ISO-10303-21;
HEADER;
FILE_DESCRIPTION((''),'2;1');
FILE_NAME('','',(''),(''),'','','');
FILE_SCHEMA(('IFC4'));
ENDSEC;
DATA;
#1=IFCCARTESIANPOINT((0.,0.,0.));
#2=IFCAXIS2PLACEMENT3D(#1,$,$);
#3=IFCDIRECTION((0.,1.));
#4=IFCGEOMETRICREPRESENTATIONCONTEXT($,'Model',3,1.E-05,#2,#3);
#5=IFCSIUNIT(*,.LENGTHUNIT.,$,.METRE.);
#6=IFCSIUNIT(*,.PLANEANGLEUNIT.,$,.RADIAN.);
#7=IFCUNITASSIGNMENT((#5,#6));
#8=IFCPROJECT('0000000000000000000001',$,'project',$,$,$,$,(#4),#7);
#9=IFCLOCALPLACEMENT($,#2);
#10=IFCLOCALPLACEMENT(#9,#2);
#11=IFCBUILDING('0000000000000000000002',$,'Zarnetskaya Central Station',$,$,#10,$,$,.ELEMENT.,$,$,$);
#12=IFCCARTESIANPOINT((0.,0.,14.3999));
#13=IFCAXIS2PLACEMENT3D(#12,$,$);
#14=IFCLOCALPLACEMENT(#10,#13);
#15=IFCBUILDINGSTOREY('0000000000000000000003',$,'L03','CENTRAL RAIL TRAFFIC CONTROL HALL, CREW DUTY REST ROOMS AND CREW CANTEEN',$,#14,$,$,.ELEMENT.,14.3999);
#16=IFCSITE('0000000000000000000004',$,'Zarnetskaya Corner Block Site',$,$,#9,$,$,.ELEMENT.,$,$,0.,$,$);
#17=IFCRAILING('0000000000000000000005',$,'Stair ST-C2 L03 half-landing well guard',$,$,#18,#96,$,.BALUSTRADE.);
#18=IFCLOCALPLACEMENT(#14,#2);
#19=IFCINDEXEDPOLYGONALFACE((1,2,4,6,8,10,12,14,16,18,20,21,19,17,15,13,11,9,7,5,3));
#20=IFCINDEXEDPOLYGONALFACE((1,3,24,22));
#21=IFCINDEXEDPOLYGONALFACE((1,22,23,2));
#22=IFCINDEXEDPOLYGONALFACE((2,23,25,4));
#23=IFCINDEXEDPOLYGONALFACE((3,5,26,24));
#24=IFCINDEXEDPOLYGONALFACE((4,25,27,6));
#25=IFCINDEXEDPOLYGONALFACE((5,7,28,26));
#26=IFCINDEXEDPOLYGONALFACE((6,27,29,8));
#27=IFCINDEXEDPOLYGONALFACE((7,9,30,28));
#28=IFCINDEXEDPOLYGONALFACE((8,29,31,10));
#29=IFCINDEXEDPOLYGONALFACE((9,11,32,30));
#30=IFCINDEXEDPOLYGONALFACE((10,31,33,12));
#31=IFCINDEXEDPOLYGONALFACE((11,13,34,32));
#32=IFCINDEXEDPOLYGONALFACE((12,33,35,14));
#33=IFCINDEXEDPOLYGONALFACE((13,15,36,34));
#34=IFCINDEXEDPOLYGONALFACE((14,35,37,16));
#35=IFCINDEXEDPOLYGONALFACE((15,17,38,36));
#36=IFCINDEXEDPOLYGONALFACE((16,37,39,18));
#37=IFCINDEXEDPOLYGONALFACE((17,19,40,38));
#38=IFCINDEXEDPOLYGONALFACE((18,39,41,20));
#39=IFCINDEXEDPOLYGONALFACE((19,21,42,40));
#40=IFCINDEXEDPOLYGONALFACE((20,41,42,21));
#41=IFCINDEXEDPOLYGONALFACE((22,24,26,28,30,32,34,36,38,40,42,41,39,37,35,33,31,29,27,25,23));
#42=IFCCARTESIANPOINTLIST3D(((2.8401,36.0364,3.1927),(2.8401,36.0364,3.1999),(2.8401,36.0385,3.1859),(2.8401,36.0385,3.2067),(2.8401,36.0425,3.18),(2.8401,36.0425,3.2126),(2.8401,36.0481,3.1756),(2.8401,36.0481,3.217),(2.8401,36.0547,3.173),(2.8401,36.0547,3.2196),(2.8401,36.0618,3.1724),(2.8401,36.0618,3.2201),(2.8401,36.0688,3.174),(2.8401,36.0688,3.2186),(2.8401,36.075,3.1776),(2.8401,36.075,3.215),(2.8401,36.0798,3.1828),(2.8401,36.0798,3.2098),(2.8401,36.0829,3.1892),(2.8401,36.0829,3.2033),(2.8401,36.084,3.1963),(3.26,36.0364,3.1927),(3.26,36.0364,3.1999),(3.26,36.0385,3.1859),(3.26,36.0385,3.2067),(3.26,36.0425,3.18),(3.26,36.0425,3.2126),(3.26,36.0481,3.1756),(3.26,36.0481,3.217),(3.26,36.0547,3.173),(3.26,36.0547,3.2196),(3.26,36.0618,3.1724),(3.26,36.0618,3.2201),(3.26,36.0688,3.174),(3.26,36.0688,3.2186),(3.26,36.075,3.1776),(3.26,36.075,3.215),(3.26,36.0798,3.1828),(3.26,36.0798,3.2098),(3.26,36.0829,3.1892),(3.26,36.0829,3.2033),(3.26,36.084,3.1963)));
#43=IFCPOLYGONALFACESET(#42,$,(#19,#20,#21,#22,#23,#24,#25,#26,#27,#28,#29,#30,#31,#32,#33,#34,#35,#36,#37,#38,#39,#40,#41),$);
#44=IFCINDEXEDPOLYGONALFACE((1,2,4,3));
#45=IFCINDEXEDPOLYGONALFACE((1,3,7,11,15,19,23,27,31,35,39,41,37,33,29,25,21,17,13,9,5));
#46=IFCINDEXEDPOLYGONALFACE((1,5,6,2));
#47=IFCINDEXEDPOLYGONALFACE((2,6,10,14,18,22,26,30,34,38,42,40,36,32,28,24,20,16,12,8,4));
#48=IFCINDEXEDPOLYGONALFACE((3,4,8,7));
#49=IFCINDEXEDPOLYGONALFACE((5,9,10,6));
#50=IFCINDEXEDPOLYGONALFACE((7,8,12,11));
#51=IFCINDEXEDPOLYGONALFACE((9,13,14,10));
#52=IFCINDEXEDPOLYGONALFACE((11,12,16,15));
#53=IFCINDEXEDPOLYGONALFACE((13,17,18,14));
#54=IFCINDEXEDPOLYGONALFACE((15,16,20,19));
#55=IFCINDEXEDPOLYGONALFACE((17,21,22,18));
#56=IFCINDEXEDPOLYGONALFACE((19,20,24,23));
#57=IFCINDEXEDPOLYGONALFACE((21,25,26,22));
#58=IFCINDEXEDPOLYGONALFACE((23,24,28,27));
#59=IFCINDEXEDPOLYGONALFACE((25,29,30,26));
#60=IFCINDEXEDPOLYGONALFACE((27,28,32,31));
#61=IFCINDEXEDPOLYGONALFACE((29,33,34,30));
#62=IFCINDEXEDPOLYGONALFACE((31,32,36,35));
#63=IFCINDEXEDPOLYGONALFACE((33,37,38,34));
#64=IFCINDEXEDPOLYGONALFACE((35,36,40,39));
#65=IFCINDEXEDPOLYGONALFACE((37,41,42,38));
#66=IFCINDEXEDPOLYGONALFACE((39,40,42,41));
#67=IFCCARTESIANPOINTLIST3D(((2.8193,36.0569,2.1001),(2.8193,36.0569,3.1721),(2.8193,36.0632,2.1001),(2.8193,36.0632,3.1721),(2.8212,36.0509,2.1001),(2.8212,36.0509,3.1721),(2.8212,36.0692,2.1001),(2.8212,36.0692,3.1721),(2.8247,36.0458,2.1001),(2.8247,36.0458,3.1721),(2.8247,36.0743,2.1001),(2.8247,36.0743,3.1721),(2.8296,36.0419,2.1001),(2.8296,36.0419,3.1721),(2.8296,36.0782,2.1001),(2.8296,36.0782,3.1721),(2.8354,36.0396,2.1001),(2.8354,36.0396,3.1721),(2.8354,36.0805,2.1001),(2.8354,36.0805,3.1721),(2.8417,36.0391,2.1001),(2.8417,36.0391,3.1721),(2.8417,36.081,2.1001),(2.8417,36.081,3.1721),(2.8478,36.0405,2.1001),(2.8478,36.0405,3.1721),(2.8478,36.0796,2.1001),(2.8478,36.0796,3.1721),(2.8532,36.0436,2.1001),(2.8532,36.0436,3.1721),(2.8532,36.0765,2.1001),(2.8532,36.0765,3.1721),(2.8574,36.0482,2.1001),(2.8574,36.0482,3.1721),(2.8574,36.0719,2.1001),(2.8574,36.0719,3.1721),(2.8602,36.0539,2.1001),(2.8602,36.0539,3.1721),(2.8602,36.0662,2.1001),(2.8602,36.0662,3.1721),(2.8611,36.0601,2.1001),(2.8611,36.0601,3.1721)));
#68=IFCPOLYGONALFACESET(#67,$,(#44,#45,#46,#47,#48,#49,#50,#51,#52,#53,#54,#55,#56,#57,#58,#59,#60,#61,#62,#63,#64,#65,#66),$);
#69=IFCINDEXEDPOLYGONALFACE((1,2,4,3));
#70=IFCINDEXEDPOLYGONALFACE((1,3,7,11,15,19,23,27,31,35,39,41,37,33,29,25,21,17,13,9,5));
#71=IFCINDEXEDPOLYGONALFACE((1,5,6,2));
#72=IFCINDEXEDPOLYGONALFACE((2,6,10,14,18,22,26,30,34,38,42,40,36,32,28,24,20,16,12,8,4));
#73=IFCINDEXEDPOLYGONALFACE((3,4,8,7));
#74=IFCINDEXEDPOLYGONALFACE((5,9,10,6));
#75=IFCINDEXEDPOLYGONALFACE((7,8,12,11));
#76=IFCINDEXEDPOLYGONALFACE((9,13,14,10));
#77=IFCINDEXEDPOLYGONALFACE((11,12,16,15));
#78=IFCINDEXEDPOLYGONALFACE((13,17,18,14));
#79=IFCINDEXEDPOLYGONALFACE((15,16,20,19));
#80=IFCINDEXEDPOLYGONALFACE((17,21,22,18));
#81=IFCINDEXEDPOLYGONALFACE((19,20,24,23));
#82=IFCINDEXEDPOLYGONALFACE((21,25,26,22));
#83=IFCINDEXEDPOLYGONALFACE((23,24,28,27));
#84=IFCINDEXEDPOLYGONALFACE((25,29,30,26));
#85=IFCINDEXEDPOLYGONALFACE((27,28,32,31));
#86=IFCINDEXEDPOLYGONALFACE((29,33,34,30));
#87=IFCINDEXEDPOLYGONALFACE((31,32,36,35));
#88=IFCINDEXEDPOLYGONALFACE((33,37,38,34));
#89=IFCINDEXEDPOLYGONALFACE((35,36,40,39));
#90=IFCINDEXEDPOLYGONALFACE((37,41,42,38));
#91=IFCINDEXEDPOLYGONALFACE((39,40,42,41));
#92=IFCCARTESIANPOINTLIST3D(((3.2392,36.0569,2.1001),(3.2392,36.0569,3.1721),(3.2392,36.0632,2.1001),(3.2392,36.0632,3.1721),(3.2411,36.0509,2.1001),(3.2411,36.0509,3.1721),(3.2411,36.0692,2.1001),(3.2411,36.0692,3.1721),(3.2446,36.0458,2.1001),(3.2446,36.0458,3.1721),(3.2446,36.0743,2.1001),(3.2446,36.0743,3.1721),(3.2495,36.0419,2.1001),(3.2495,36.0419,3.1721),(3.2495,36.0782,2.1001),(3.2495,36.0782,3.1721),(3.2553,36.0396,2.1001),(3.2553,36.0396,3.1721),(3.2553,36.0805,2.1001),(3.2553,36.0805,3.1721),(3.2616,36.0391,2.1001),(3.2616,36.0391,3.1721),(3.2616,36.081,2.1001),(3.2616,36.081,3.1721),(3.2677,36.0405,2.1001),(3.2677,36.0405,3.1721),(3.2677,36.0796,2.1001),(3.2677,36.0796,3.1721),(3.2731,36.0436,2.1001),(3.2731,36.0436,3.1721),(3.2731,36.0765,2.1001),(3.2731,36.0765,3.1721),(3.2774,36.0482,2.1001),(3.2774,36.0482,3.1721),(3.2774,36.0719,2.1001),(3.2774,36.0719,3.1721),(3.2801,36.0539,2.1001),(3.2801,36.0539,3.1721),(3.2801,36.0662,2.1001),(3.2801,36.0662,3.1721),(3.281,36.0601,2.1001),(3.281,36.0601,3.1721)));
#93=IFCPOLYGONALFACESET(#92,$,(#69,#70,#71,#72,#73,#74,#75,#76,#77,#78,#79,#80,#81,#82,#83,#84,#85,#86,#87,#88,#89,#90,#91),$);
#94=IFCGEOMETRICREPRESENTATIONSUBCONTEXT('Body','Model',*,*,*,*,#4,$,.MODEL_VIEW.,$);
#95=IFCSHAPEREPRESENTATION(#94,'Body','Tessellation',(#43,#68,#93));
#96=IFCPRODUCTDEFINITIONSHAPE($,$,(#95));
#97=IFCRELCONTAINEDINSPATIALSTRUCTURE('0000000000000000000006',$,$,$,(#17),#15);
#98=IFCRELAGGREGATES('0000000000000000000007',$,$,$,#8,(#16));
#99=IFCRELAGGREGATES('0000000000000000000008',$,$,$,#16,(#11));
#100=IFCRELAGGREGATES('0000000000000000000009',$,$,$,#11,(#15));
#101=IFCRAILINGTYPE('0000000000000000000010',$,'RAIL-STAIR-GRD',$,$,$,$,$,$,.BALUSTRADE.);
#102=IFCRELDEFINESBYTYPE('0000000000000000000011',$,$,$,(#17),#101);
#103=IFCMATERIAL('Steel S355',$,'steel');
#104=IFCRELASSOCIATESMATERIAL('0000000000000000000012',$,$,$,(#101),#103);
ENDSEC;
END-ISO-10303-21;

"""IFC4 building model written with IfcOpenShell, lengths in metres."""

from ifc_helpers import new_model, si_unit, direction, frame, origin, origin_2d, place, context, subcontext, project, spatial, circle, extrude, material, type_object, element, save


model = new_model("IFC4")

# Units and contexts
model_context = context("Model", 3, precision=1e-05, world=origin(), true_north=direction((0.0, 1.0)))
body_context = subcontext(model_context, "Body", "Model", "MODEL_VIEW")
ifc_project = project(units=[si_unit("LENGTHUNIT", "METRE"), si_unit("PLANEANGLEUNIT", "RADIAN")], contexts=[model_context])

# Site, building, storey
site_placement = place(None, origin())
site = spatial("IfcSite", under=ifc_project, at=site_placement, Name="Zarnetskaya Corner Block Site", CompositionType="ELEMENT", RefElevation=0.0)
building_placement = place(site_placement, origin())
building = spatial("IfcBuilding", under=site, at=building_placement, Name="Zarnetskaya Central Station", CompositionType="ELEMENT")
storey_placement = place(building_placement, frame((0.0, 0.0, 14.3999)))
storey = spatial("IfcBuildingStorey", under=building, at=storey_placement, Name="L03", Description="CENTRAL RAIL TRAFFIC CONTROL HALL, CREW DUTY REST ROOMS AND CREW CANTEEN", CompositionType="ELEMENT", Elevation=14.3999)

# Shared definitions
ifc_material_1 = material(Name="Steel S355", Category="steel")

# Railing
railing_type = type_object("IfcRailingType", Name="RAIL-STAIR-GRD", PredefinedType="BALUSTRADE", material=ifc_material_1)
railing_1_placement = place(storey_placement, frame((2.8401, 36.0601, 2.1001)))
element("IfcRailing", 1, at=railing_1_placement, inside=storey, type_object=railing_type, Name="Stair ST-C2 L03 half-landing well guard", PredefinedType="BALUSTRADE", context=body_context, shape_type="SweptSolid", body=[
    extrude(circle(Radius=0.0239, at=origin_2d()), frame((0.0, 0.0, 1.0962), z_axis=(1.0, 0.0, 0.0), x_axis=(0.0, 1.0, 0.0)), (0.0, 0.0, 1.0), 0.4199),
    extrude(circle(Radius=0.021, at=origin_2d()), origin(), (0.0, 0.0, 1.0), 1.072),
    extrude(circle(Radius=0.021, at=origin_2d()), frame((0.4199, 0.0, 0.0)), (0.0, 0.0, 1.0), 1.072),
])

save(model, "model.ifc")
